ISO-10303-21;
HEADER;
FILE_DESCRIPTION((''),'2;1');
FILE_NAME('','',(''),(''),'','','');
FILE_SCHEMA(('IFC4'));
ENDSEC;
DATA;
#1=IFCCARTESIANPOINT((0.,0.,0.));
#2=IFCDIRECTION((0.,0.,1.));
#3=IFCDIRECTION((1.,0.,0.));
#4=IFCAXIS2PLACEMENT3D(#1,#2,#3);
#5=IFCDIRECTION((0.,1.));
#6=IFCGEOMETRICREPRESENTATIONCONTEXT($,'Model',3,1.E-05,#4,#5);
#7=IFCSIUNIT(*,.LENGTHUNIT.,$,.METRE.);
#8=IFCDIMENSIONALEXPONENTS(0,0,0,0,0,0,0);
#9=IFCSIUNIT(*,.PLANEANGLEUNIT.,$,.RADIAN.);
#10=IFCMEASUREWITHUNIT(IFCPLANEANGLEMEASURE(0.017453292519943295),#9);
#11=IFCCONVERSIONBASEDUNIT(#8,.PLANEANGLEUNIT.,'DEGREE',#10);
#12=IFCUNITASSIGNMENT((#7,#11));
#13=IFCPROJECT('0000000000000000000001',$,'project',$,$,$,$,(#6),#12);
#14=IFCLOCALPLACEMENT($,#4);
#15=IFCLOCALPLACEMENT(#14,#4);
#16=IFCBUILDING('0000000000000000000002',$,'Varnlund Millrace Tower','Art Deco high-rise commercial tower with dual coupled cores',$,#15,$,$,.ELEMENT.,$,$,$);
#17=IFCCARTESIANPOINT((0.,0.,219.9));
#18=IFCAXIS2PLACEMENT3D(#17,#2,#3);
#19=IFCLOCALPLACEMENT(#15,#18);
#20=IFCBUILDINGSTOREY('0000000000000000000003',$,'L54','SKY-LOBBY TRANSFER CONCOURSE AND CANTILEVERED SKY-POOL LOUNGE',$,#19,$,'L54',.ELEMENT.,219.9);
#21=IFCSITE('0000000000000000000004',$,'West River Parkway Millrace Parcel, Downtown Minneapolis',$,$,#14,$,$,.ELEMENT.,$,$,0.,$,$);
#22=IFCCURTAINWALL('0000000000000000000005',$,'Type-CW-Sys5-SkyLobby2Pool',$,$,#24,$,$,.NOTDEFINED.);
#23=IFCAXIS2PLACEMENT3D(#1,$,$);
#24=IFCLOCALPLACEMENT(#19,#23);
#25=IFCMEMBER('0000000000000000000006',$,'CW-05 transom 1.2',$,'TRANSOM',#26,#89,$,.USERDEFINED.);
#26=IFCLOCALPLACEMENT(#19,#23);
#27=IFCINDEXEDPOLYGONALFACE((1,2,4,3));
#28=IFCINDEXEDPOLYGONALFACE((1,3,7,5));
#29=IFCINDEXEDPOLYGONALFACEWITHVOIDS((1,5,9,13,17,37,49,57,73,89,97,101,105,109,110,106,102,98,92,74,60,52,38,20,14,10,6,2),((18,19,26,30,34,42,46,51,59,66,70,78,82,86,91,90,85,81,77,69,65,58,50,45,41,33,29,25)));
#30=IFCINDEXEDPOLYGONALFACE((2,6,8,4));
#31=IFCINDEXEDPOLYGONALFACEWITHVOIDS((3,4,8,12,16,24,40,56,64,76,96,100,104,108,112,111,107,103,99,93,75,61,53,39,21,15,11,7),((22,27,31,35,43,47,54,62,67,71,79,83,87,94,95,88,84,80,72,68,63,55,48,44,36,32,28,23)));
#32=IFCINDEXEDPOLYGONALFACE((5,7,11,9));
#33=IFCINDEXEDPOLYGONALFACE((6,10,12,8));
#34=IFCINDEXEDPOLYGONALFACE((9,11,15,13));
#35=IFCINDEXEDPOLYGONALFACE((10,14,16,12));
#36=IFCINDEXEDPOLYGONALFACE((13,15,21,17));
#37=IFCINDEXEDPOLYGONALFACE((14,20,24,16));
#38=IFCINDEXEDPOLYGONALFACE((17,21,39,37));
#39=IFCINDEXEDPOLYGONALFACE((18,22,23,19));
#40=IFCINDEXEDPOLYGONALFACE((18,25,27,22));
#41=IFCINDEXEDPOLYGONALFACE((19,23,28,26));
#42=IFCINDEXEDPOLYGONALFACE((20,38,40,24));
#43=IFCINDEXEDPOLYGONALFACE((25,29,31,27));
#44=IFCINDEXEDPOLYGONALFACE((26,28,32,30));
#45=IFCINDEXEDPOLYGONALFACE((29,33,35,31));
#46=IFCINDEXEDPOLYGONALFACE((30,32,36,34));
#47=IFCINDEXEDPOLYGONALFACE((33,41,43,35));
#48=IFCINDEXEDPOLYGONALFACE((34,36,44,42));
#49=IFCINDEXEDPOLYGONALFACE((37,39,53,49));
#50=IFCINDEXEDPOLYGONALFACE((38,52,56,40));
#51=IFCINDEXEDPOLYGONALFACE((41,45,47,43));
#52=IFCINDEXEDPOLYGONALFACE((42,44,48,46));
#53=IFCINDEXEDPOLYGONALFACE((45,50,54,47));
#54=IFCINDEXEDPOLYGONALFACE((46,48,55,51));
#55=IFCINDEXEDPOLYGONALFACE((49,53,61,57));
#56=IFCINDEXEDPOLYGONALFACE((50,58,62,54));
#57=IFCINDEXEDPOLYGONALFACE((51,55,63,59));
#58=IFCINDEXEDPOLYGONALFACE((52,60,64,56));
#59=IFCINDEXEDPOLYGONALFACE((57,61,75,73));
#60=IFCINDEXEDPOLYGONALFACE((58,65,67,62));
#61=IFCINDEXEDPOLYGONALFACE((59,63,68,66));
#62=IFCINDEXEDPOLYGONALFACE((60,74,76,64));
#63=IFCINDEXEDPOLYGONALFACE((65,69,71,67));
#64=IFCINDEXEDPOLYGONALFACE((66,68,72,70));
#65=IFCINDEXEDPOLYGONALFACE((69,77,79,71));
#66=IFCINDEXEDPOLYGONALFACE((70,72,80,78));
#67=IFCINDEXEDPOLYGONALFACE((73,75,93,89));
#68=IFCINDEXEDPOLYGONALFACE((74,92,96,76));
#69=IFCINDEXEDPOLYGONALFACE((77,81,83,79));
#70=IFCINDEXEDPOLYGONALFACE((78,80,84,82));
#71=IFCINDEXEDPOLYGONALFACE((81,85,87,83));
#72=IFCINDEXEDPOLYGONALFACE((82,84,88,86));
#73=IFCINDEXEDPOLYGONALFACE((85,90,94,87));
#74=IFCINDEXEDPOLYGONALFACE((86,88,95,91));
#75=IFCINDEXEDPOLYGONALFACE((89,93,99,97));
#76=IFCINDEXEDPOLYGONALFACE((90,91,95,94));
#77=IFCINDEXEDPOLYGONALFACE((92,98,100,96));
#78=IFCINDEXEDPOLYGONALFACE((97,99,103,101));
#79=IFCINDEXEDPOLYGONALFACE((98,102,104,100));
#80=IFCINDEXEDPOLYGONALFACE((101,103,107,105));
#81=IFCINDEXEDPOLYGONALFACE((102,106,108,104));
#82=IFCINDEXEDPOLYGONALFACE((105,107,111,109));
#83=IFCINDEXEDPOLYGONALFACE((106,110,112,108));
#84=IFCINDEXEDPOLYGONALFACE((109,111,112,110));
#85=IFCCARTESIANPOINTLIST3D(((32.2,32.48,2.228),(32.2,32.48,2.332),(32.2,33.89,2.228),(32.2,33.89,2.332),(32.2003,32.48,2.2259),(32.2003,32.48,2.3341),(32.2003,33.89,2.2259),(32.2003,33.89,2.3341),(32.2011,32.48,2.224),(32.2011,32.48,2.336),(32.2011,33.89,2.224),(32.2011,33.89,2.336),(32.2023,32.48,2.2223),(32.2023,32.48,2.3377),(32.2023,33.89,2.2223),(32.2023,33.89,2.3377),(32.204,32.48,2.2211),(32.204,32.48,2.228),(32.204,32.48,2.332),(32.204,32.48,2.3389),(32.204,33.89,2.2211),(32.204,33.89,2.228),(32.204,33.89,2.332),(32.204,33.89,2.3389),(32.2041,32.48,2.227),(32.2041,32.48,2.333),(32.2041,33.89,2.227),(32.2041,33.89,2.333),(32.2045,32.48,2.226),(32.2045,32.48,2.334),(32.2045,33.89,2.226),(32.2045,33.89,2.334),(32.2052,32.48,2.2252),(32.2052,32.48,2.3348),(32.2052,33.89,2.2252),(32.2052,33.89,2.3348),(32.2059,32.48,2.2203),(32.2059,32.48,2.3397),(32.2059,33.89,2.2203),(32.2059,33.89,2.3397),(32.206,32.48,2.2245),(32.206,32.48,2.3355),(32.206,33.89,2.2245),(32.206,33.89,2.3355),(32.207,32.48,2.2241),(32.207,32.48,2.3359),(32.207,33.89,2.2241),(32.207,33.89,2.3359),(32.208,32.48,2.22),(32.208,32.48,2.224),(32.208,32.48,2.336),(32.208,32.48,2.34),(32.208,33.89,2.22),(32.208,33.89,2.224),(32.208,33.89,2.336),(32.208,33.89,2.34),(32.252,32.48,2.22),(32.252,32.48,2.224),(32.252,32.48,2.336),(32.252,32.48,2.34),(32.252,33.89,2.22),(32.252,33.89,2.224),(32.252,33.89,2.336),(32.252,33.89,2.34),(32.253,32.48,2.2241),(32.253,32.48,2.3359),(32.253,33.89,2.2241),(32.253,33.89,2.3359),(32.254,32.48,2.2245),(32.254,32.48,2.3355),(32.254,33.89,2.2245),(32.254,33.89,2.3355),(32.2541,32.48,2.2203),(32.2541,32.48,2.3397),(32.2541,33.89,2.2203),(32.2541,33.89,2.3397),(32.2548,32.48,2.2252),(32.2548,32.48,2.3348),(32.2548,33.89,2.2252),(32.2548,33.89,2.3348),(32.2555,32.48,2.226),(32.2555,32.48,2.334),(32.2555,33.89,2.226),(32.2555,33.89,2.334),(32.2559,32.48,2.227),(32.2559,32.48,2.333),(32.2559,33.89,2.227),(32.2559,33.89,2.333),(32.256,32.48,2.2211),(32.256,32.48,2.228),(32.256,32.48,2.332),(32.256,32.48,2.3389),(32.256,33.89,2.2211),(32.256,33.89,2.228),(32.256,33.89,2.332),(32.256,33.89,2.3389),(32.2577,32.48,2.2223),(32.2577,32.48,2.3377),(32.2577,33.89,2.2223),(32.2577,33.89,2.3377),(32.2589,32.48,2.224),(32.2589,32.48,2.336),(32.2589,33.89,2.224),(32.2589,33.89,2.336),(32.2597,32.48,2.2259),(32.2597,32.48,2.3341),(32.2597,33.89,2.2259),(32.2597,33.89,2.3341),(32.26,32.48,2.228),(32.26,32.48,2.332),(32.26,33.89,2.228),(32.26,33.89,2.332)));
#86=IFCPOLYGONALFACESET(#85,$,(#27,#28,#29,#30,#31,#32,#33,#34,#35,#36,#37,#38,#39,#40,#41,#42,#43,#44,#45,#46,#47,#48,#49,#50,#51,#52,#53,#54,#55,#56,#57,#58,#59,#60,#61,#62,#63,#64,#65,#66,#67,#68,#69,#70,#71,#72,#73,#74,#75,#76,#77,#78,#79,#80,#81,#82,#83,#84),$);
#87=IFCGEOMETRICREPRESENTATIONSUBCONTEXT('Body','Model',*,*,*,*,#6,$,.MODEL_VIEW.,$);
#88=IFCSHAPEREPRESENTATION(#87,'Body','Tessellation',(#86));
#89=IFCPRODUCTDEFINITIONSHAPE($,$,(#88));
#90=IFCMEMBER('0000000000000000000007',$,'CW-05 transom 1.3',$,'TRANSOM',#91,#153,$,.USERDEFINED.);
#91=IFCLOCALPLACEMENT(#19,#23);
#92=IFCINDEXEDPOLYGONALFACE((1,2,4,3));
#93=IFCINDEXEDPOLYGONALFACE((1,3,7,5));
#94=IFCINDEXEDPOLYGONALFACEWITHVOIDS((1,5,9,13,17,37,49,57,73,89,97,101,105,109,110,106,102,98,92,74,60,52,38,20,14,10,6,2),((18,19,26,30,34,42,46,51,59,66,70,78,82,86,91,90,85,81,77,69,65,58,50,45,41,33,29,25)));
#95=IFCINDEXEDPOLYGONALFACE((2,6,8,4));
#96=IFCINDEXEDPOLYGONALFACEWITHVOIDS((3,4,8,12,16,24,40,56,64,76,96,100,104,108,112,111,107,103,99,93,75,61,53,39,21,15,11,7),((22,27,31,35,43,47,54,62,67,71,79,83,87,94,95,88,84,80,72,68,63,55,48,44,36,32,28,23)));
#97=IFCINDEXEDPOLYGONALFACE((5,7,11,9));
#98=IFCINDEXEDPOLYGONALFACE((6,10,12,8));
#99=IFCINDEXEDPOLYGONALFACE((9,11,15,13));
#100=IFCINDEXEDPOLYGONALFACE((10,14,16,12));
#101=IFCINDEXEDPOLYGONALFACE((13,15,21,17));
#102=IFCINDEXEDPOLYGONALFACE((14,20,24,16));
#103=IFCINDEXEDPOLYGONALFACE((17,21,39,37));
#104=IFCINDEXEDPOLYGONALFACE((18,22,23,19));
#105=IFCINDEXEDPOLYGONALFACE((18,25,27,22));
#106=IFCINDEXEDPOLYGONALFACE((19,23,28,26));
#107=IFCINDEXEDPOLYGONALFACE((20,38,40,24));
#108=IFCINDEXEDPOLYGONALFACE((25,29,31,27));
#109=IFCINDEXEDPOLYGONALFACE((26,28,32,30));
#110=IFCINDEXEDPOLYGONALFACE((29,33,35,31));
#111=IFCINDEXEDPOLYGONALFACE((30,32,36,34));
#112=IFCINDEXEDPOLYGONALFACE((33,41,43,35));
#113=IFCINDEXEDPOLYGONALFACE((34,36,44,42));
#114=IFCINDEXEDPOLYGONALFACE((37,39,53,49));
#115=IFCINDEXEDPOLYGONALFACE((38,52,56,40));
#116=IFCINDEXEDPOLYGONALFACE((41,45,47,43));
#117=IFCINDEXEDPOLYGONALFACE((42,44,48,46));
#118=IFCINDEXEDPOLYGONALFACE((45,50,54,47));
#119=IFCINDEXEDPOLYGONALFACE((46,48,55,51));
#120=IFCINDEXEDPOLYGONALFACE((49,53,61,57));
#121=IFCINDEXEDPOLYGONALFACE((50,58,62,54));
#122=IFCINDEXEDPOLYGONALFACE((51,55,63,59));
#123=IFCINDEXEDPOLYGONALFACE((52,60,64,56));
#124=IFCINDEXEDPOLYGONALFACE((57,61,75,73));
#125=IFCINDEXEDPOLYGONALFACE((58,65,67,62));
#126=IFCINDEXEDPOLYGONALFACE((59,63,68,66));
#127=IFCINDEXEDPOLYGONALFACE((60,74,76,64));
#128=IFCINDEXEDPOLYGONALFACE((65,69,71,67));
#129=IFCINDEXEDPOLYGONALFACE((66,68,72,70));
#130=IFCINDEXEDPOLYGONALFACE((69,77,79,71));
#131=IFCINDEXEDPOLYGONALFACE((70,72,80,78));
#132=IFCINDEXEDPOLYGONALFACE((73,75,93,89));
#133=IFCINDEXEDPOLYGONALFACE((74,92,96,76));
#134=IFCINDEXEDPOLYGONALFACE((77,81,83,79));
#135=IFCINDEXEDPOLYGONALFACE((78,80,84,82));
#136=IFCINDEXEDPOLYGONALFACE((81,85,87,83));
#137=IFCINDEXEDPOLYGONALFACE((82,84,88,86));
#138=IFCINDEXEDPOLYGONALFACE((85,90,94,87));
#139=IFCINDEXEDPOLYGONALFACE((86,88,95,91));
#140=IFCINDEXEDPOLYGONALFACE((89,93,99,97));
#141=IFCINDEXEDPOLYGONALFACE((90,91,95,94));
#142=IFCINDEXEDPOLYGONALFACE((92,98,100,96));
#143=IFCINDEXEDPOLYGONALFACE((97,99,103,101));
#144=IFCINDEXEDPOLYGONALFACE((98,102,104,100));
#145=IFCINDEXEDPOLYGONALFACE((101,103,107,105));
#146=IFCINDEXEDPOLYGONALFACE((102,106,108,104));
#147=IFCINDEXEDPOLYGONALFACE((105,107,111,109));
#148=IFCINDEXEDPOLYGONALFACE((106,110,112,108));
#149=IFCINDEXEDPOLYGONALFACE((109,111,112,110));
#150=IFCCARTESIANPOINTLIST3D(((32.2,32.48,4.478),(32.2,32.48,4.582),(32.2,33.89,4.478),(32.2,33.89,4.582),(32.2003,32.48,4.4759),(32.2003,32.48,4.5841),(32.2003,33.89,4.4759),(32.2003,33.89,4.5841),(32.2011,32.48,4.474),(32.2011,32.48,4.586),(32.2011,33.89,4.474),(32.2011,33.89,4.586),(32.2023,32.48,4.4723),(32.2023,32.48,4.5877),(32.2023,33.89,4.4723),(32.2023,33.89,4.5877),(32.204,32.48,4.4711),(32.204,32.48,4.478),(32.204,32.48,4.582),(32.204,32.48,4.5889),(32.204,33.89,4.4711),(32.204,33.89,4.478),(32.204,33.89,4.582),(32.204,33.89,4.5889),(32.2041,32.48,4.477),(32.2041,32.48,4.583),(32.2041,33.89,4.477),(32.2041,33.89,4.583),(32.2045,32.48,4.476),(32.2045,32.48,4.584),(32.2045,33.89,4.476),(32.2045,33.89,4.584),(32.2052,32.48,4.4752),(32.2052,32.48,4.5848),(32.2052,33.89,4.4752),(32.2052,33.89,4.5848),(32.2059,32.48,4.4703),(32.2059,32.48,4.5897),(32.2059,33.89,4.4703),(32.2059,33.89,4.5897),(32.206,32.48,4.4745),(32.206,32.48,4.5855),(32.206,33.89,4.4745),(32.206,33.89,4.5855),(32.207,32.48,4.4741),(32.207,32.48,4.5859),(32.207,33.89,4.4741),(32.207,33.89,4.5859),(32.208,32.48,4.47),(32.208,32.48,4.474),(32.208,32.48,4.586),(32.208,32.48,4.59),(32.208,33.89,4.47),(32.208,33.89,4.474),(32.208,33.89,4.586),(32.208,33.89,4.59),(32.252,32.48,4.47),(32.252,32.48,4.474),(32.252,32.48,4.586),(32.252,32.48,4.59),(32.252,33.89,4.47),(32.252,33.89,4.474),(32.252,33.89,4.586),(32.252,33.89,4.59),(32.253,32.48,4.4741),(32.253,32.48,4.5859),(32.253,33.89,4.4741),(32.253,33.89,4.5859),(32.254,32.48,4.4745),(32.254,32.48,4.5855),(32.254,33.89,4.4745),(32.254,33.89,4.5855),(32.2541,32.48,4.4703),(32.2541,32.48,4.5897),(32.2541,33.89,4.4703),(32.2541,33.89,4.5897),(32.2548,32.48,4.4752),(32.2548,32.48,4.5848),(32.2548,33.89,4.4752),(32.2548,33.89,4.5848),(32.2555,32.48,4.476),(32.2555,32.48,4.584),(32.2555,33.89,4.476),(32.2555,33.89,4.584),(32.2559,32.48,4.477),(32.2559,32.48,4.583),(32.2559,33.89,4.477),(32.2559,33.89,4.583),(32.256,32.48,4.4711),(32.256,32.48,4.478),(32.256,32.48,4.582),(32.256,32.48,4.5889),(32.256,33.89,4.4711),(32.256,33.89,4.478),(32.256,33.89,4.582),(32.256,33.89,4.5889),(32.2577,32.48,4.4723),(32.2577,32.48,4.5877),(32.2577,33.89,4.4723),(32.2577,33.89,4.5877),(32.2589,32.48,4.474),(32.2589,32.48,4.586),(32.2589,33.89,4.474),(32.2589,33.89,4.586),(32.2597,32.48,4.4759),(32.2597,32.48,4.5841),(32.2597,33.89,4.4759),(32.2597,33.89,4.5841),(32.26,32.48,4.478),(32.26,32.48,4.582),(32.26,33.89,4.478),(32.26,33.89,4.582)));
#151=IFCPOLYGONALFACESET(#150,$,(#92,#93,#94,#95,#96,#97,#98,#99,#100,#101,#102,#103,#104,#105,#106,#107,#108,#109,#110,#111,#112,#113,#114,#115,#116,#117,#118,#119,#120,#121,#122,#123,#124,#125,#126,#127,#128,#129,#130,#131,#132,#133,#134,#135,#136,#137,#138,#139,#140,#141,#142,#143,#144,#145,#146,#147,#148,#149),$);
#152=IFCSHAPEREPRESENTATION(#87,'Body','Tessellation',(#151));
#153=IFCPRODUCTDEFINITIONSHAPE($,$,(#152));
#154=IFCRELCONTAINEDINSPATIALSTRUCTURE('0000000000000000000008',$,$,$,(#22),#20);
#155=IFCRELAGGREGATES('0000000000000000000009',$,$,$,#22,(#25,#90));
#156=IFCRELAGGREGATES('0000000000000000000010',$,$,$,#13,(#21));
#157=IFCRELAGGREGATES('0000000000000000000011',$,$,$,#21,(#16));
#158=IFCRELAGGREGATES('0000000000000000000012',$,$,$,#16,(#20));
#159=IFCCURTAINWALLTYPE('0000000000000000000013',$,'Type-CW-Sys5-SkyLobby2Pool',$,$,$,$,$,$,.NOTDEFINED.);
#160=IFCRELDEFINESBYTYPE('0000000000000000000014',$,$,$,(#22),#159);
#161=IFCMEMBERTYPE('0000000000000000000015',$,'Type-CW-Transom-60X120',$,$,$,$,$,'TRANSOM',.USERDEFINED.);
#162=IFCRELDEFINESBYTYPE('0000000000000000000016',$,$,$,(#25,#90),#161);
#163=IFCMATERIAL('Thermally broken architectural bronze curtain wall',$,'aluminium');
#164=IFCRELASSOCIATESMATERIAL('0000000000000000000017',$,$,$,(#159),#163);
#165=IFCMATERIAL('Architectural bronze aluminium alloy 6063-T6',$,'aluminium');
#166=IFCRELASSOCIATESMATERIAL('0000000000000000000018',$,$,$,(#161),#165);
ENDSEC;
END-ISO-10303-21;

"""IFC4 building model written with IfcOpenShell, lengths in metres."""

from ifc_helpers import new_model, entity, si_unit, converted_unit, direction, frame, origin_with_axes, origin_2d_with_axis, place, context, subcontext, project, spatial, hollow_rectangle, extrude, material, material_profile, profile_set, type_object, element, aggregate, save


model = new_model("IFC4")

# Units and contexts
model_context = context("Model", 3, precision=1e-05, world=origin_with_axes(), true_north=direction((0.0, 1.0)))
body_context = subcontext(model_context, "Body", "Model", "MODEL_VIEW")
ifc_project = project(units=[si_unit("LENGTHUNIT", "METRE"), converted_unit("PLANEANGLEUNIT", "DEGREE", entity("IfcPlaneAngleMeasure", 0.017453292519943295), si_unit("PLANEANGLEUNIT", "RADIAN"), dimensions=[0, 0, 0, 0, 0, 0, 0])], contexts=[model_context])

# Site, building, storey
site_placement = place(None, origin_with_axes())
site = spatial("IfcSite", under=ifc_project, at=site_placement, Name="West River Parkway Millrace Parcel, Downtown Minneapolis", CompositionType="ELEMENT", RefElevation=0.0)
building_placement = place(site_placement, origin_with_axes())
building = spatial("IfcBuilding", under=site, at=building_placement, Name="Varnlund Millrace Tower", Description="Art Deco high-rise commercial tower with dual coupled cores", CompositionType="ELEMENT")
storey_placement = place(building_placement, frame((0.0, 0.0, 219.9), z_axis=(0.0, 0.0, 1.0), x_axis=(1.0, 0.0, 0.0)))
storey = spatial("IfcBuildingStorey", under=building, at=storey_placement, Name="L54", Description="SKY-LOBBY TRANSFER CONCOURSE AND CANTILEVERED SKY-POOL LOUNGE", LongName="L54", CompositionType="ELEMENT", Elevation=219.9)

# Curtain wall, members
ifc_material_1 = material(Name="Thermally broken architectural bronze curtain wall", Category="aluminium")
curtain_wall_type = type_object("IfcCurtainWallType", Name="Type-CW-Sys5-SkyLobby2Pool", PredefinedType="NOTDEFINED", material=ifc_material_1)
curtain_wall_placement = place(storey_placement, frame((32.23, 33.95, 0.0), z_axis=(0.0, 0.0, 1.0), x_axis=(1.0, 0.0, 0.0)))
curtain_wall = element("IfcCurtainWall", 1, at=curtain_wall_placement, inside=storey, type_object=curtain_wall_type, Name="Type-CW-Sys5-SkyLobby2Pool", PredefinedType="NOTDEFINED")
ifc_material_2 = material(Name="Architectural bronze aluminium alloy 6063-T6", Category="aluminium")
ifc_material_profile_1 = material_profile(ifc_material_2, hollow_rectangle(XDim=0.06, YDim=0.12, WallThickness=0.004, InnerFilletRadius=0.004, OuterFilletRadius=0.008, at=origin_2d_with_axis()), Name="Architectural bronze aluminium alloy 6063-T6")
ifc_profile_set_1 = profile_set([ifc_material_profile_1], Name="Architectural bronze aluminium alloy 6063-T6")
member_type_1 = type_object("IfcMemberType", Name="Type-CW-Transom-60X120", ElementType="TRANSOM", PredefinedType="USERDEFINED", material=ifc_profile_set_1)
member_1_placement = place(storey_placement, frame((32.23, 33.89, 2.28), z_axis=(0.0, -1.0, 0.0), x_axis=(1.0, 0.0, 0.0)))
member_1 = element("IfcMember", 2, at=member_1_placement, type_object=member_type_1, Name="CW-05 transom 1.2", ObjectType="TRANSOM", PredefinedType="USERDEFINED", context=body_context, shape_type="SweptSolid", body=[
    extrude(hollow_rectangle(XDim=0.06, YDim=0.12, WallThickness=0.004, InnerFilletRadius=0.004, OuterFilletRadius=0.008, at=origin_2d_with_axis()), origin_with_axes(), (0.0, 0.0, 1.0), 1.41),
])
member_2_placement = place(storey_placement, frame((32.23, 33.89, 4.53), z_axis=(0.0, -1.0, 0.0), x_axis=(1.0, 0.0, 0.0)))
member_2 = element("IfcMember", 3, at=member_2_placement, type_object=member_type_1, Name="CW-05 transom 1.3", ObjectType="TRANSOM", PredefinedType="USERDEFINED", context=body_context, shape_type="SweptSolid", body=[
    extrude(hollow_rectangle(XDim=0.06, YDim=0.12, WallThickness=0.004, InnerFilletRadius=0.004, OuterFilletRadius=0.008, at=origin_2d_with_axis()), origin_with_axes(), (0.0, 0.0, 1.0), 1.41),
])
aggregate(curtain_wall, [member_1, member_2])

save(model, "model.ifc")
